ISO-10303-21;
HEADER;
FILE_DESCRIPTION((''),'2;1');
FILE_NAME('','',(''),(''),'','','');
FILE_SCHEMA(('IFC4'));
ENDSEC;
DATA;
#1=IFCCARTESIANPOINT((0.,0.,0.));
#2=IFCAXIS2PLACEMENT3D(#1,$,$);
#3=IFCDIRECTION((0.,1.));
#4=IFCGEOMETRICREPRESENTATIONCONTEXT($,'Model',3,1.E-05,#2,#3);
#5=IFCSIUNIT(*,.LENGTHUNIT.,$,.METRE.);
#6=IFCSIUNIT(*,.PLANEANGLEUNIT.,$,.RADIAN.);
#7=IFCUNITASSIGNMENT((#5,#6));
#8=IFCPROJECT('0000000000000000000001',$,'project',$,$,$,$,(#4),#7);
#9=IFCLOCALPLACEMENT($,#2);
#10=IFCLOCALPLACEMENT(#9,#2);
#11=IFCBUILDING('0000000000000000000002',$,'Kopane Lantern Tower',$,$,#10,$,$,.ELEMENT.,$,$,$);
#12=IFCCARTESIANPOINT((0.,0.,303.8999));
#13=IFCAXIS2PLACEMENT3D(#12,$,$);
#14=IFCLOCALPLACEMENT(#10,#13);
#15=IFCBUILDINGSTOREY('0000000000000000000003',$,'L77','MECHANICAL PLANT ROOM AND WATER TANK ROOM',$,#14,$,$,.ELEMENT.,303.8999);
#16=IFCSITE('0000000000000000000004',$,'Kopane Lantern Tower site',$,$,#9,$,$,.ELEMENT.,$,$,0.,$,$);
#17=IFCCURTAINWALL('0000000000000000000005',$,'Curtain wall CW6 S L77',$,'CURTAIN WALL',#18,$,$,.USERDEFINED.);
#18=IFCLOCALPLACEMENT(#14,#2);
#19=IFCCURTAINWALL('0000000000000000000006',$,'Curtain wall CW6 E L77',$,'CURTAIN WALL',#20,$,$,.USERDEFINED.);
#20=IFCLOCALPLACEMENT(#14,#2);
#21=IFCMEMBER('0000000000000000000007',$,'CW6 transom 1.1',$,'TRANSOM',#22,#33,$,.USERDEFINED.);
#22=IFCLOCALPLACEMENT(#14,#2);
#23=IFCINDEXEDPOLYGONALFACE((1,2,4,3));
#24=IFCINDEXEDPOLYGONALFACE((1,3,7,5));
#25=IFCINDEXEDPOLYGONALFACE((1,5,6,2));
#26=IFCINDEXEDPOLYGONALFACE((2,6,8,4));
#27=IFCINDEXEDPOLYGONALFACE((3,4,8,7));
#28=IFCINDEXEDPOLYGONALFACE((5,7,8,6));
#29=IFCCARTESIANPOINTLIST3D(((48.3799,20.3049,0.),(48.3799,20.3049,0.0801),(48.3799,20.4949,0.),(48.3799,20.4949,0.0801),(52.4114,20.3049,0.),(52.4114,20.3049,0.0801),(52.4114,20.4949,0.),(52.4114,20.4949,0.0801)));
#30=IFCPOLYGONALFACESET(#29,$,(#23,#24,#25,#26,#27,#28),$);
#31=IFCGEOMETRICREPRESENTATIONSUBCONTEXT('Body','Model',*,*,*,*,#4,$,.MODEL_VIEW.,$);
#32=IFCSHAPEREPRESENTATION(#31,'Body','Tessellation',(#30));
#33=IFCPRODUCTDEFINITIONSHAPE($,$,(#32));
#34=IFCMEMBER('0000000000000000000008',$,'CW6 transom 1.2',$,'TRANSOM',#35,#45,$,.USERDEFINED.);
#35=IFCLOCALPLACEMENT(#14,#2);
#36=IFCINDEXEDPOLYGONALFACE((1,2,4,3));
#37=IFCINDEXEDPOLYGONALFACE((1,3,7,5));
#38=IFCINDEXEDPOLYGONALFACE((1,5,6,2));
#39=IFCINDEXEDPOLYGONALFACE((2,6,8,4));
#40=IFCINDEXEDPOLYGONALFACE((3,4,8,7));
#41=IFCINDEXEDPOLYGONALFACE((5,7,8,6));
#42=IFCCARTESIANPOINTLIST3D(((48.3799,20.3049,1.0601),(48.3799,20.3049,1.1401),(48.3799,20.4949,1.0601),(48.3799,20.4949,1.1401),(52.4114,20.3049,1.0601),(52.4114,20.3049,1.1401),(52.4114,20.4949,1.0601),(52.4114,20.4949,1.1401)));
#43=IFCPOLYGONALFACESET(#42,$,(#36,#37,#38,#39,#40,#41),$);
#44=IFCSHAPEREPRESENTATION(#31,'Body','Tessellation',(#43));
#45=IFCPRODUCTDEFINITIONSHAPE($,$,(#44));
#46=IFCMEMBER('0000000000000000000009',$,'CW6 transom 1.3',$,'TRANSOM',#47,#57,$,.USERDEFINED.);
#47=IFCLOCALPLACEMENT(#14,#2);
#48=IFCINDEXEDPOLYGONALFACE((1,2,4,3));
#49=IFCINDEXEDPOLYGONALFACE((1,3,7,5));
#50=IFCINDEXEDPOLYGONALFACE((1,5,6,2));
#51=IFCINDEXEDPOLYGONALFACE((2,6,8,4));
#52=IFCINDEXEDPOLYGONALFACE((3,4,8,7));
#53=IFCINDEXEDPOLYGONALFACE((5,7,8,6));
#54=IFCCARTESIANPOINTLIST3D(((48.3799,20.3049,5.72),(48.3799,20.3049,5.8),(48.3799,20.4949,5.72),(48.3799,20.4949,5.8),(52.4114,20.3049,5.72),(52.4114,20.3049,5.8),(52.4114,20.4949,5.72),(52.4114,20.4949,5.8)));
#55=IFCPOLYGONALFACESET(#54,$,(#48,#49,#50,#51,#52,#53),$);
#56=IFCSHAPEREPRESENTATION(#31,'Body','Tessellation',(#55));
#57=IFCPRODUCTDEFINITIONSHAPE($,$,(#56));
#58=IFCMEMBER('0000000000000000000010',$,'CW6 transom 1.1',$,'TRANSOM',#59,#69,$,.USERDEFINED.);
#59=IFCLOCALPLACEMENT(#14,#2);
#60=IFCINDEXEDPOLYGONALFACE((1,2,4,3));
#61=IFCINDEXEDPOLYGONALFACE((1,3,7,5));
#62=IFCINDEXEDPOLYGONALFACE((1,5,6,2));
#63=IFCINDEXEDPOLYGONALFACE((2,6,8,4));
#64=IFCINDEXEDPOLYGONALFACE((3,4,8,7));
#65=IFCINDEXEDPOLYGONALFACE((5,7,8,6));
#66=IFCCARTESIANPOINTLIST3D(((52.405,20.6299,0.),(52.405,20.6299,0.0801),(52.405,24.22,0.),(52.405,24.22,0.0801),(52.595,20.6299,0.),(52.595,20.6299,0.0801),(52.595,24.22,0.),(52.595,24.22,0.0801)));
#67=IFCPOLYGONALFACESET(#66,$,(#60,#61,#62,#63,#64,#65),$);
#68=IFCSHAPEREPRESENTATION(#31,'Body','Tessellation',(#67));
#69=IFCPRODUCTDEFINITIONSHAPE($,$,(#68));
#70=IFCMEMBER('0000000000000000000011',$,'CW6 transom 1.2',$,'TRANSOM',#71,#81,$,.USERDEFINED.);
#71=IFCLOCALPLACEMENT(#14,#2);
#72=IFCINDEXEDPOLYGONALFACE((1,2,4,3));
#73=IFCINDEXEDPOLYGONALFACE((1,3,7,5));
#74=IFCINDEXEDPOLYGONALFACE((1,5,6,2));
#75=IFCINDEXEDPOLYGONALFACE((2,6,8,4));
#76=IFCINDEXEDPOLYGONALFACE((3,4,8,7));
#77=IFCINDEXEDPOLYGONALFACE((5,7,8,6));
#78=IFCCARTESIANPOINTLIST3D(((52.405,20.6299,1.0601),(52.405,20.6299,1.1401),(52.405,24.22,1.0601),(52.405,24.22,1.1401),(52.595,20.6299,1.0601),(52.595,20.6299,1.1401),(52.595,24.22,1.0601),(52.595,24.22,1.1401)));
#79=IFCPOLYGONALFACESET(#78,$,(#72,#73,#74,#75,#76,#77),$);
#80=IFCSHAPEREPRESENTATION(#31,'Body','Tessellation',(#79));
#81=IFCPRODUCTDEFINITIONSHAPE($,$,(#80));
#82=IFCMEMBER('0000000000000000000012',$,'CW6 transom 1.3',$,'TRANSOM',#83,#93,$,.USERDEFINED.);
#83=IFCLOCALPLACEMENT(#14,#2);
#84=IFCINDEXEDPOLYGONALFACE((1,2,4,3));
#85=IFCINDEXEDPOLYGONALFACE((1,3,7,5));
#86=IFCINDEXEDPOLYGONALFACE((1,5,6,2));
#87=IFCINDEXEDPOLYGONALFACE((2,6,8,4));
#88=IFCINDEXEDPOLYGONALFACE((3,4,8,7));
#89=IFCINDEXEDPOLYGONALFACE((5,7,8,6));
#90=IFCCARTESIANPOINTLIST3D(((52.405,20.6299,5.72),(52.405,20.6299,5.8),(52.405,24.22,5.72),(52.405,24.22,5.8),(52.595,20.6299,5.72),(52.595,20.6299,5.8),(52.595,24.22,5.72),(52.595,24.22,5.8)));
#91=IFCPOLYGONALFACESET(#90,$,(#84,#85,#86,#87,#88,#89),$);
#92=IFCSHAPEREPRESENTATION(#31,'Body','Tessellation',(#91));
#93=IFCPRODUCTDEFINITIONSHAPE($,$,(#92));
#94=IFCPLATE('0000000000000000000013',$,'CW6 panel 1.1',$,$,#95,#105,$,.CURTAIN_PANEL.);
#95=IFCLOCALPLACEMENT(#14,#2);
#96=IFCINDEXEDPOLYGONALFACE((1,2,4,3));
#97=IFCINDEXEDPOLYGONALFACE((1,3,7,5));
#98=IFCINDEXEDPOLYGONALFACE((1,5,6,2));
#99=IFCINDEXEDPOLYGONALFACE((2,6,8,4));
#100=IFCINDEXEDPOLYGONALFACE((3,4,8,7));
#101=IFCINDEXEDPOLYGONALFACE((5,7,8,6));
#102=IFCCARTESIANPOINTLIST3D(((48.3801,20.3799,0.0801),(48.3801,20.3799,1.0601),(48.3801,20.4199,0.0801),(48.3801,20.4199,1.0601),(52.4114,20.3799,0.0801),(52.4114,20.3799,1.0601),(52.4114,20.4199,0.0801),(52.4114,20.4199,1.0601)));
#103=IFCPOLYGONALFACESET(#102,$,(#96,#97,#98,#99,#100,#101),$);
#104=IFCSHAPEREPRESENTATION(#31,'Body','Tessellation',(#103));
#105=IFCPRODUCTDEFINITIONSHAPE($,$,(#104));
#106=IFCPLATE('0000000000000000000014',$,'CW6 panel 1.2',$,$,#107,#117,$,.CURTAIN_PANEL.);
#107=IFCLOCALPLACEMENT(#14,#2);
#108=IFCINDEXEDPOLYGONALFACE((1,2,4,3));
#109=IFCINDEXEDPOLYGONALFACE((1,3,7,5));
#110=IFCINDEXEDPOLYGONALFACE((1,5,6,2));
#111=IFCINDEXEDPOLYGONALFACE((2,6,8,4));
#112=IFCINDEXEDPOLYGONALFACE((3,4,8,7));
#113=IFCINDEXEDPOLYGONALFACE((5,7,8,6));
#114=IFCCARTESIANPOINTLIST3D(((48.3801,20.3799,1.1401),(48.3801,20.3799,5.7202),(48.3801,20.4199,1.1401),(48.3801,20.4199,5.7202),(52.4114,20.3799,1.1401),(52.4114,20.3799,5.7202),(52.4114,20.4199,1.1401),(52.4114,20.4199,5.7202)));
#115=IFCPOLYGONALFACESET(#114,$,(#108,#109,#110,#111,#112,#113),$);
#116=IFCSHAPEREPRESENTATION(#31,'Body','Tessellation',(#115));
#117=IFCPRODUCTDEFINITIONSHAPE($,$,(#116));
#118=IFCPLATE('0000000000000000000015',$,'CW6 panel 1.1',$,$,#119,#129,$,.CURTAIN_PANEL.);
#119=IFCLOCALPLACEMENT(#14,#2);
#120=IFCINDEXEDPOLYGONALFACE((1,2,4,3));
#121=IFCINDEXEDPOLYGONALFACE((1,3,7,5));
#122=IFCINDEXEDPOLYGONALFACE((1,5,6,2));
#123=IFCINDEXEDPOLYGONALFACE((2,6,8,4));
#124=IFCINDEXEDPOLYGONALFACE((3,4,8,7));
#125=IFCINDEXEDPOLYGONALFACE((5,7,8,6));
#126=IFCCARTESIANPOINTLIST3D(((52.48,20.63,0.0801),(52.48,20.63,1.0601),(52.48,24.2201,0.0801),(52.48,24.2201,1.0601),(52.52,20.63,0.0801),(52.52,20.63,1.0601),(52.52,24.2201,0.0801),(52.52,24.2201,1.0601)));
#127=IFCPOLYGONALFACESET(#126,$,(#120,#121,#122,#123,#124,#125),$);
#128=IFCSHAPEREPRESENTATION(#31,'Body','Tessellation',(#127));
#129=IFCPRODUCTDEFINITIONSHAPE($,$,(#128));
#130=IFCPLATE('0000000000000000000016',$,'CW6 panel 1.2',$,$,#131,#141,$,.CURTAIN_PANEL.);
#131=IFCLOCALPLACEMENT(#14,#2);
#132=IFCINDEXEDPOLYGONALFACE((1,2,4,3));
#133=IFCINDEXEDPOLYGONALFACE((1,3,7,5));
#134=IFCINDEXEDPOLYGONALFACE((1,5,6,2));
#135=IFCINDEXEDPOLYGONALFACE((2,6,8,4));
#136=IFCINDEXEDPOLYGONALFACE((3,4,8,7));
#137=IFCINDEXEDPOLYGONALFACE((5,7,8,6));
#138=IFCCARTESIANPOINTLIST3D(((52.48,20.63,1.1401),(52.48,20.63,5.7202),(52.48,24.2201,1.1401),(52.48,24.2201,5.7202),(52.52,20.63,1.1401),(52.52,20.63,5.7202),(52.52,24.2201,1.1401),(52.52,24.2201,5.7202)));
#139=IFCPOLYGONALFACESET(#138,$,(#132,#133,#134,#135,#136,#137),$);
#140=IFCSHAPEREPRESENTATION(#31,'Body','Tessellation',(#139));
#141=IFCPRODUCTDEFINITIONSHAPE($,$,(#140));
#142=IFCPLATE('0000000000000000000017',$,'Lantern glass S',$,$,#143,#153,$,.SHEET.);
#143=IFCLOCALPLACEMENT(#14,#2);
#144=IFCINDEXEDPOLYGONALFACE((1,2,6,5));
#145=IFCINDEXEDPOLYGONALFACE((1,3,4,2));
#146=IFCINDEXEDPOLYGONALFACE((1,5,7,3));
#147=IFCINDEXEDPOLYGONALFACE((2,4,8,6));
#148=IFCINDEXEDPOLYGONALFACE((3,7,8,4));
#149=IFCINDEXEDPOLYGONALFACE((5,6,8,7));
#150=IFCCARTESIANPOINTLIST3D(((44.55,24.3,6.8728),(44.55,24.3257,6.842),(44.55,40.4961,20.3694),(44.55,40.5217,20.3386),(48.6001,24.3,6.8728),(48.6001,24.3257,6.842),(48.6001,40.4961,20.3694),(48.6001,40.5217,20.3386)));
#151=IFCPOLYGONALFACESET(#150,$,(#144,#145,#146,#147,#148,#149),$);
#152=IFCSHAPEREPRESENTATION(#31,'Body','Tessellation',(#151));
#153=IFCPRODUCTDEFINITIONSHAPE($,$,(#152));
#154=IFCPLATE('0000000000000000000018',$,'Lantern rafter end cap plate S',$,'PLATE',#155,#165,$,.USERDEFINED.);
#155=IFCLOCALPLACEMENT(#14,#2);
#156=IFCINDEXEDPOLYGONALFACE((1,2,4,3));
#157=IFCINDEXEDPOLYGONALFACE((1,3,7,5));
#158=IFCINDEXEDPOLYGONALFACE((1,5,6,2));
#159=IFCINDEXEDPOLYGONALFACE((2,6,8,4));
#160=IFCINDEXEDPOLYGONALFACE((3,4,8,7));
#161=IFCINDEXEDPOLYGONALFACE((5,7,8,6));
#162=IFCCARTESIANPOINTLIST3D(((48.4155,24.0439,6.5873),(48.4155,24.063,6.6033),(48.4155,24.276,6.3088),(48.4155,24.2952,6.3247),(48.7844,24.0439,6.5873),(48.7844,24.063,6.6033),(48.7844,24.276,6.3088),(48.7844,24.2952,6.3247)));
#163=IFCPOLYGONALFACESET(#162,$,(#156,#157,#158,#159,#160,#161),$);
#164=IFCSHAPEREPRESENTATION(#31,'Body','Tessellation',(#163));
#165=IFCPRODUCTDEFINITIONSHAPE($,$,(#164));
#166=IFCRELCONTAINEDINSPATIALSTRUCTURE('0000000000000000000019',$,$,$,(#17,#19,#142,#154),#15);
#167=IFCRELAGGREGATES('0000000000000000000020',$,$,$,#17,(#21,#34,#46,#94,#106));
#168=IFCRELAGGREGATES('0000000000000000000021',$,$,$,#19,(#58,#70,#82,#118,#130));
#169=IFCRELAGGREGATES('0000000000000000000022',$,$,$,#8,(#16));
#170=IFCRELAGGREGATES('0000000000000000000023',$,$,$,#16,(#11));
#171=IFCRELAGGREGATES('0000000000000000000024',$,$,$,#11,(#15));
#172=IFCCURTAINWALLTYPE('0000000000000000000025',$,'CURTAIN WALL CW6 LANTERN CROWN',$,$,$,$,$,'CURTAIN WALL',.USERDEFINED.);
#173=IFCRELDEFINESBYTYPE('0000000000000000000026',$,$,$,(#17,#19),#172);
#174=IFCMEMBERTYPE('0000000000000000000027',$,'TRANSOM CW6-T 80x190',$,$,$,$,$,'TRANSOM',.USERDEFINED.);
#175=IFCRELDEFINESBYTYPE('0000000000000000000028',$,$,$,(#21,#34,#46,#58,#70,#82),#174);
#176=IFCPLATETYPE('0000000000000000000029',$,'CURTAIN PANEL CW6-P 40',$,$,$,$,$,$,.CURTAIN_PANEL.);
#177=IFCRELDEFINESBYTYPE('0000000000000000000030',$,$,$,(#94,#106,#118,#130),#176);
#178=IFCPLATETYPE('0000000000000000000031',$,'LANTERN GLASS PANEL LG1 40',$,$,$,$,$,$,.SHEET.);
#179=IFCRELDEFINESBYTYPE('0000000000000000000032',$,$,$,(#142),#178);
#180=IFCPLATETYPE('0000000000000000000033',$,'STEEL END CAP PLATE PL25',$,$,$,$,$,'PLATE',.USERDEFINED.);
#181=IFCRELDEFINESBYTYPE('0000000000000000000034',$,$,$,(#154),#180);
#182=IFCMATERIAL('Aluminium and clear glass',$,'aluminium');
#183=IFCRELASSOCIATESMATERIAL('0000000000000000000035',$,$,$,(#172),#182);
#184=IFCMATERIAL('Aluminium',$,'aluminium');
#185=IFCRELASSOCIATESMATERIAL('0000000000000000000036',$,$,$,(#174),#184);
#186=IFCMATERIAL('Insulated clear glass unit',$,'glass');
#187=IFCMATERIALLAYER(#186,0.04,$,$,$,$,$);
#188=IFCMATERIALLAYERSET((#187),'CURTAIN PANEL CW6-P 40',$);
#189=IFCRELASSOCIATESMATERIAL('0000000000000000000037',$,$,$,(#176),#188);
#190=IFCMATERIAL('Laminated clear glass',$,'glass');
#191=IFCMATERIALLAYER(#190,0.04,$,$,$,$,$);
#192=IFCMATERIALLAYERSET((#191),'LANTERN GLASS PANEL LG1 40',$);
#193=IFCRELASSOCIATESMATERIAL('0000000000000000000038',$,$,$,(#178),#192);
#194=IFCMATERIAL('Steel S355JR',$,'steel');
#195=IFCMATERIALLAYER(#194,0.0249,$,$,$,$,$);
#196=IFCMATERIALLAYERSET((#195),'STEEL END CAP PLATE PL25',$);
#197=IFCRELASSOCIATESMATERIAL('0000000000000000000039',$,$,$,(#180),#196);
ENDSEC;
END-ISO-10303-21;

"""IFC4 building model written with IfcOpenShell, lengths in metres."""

from ifc_helpers import new_model, si_unit, direction, frame, origin, origin_2d, place, context, subcontext, project, spatial, polyline, rectangle, outline, extrude, material, layer, layer_set, material_profile, profile_set, type_object, element, aggregate, save


model = new_model("IFC4")

# Units and contexts
model_context = context("Model", 3, precision=1e-05, world=origin(), true_north=direction((0.0, 1.0)))
body_context = subcontext(model_context, "Body", "Model", "MODEL_VIEW")
ifc_project = project(units=[si_unit("LENGTHUNIT", "METRE"), si_unit("PLANEANGLEUNIT", "RADIAN")], contexts=[model_context])

# Site, building, storey
site_placement = place(None, origin())
site = spatial("IfcSite", under=ifc_project, at=site_placement, Name="Kopane Lantern Tower site", CompositionType="ELEMENT", RefElevation=0.0)
building_placement = place(site_placement, origin())
building = spatial("IfcBuilding", under=site, at=building_placement, Name="Kopane Lantern Tower", CompositionType="ELEMENT")
storey_placement = place(building_placement, frame((0.0, 0.0, 303.8999)))
storey = spatial("IfcBuildingStorey", under=building, at=storey_placement, Name="L77", Description="MECHANICAL PLANT ROOM AND WATER TANK ROOM", CompositionType="ELEMENT", Elevation=303.8999)

# Curtain wall
ifc_material_1 = material(Name="Aluminium and clear glass", Category="aluminium")
curtain_wall_type = type_object("IfcCurtainWallType", Name="CURTAIN WALL CW6 LANTERN CROWN", ElementType="CURTAIN WALL", PredefinedType="USERDEFINED", material=ifc_material_1)
curtain_wall_1_placement = place(storey_placement, origin())
curtain_wall_1 = element("IfcCurtainWall", 1, at=curtain_wall_1_placement, inside=storey, type_object=curtain_wall_type, Name="Curtain wall CW6 S L77", ObjectType="CURTAIN WALL", PredefinedType="USERDEFINED")

# Curtain wall
curtain_wall_2_placement = place(storey_placement, origin())
curtain_wall_2 = element("IfcCurtainWall", 2, at=curtain_wall_2_placement, inside=storey, type_object=curtain_wall_type, Name="Curtain wall CW6 E L77", ObjectType="CURTAIN WALL", PredefinedType="USERDEFINED")

# Members
ifc_material_2 = material(Name="Aluminium", Category="aluminium")
ifc_material_profile_1 = material_profile(ifc_material_2, rectangle(XDim=0.1899, YDim=0.0801, at=origin_2d()), Name="AL 190x80")
ifc_profile_set_1 = profile_set([ifc_material_profile_1], Name="Aluminium")
member_type_1 = type_object("IfcMemberType", Name="TRANSOM CW6-T 80x190", ElementType="TRANSOM", PredefinedType="USERDEFINED", material=ifc_profile_set_1)
member_1_placement = place(storey_placement, frame((48.3799, 20.3999, 0.04), z_axis=(1.0, 0.0, 0.0), x_axis=(0.0, 1.0, 0.0)))
member_1 = element("IfcMember", 3, at=member_1_placement, type_object=member_type_1, Name="CW6 transom 1.1", ObjectType="TRANSOM", PredefinedType="USERDEFINED", context=body_context, shape_type="SweptSolid", body=[
    extrude(rectangle(XDim=0.1899, YDim=0.0801, at=origin_2d()), origin(), (0.0, 0.0, 1.0), 4.0315),
])
member_2_placement = place(storey_placement, frame((48.3799, 20.3999, 1.1001), z_axis=(1.0, 0.0, 0.0), x_axis=(0.0, 1.0, 0.0)))
member_2 = element("IfcMember", 4, at=member_2_placement, type_object=member_type_1, Name="CW6 transom 1.2", ObjectType="TRANSOM", PredefinedType="USERDEFINED", context=body_context, shape_type="SweptSolid", body=[
    extrude(rectangle(XDim=0.1899, YDim=0.0801, at=origin_2d()), origin(), (0.0, 0.0, 1.0), 4.0315),
])
member_3_placement = place(storey_placement, frame((48.3799, 20.3999, 5.76), z_axis=(1.0, 0.0, 0.0), x_axis=(0.0, 1.0, 0.0)))
member_3 = element("IfcMember", 5, at=member_3_placement, type_object=member_type_1, Name="CW6 transom 1.3", ObjectType="TRANSOM", PredefinedType="USERDEFINED", context=body_context, shape_type="SweptSolid", body=[
    extrude(rectangle(XDim=0.1899, YDim=0.0801, at=origin_2d()), origin(), (0.0, 0.0, 1.0), 4.0315),
])
member_4_placement = place(storey_placement, frame((52.5, 20.6299, 0.04), z_axis=(0.0, 1.0, 0.0), x_axis=(-1.0, 0.0, 0.0)))
member_4 = element("IfcMember", 6, at=member_4_placement, type_object=member_type_1, Name="CW6 transom 1.1", ObjectType="TRANSOM", PredefinedType="USERDEFINED", context=body_context, shape_type="SweptSolid", body=[
    extrude(rectangle(XDim=0.1899, YDim=0.0801, at=origin_2d()), origin(), (0.0, 0.0, 1.0), 3.5901),
])
member_5_placement = place(storey_placement, frame((52.5, 20.6299, 1.1001), z_axis=(0.0, 1.0, 0.0), x_axis=(-1.0, 0.0, 0.0)))
member_5 = element("IfcMember", 7, at=member_5_placement, type_object=member_type_1, Name="CW6 transom 1.2", ObjectType="TRANSOM", PredefinedType="USERDEFINED", context=body_context, shape_type="SweptSolid", body=[
    extrude(rectangle(XDim=0.1899, YDim=0.0801, at=origin_2d()), origin(), (0.0, 0.0, 1.0), 3.5901),
])
member_6_placement = place(storey_placement, frame((52.5, 20.6299, 5.76), z_axis=(0.0, 1.0, 0.0), x_axis=(-1.0, 0.0, 0.0)))
member_6 = element("IfcMember", 8, at=member_6_placement, type_object=member_type_1, Name="CW6 transom 1.3", ObjectType="TRANSOM", PredefinedType="USERDEFINED", context=body_context, shape_type="SweptSolid", body=[
    extrude(rectangle(XDim=0.1899, YDim=0.0801, at=origin_2d()), origin(), (0.0, 0.0, 1.0), 3.5901),
])

# Plates
ifc_material_3 = material(Name="Insulated clear glass unit", Category="glass")
ifc_layer_1 = layer(ifc_material_3, 0.04)
ifc_layer_set_1 = layer_set([ifc_layer_1], Name="CURTAIN PANEL CW6-P 40")
plate_type_1 = type_object("IfcPlateType", Name="CURTAIN PANEL CW6-P 40", PredefinedType="CURTAIN_PANEL", material=ifc_layer_set_1)
plate_1_placement = place(storey_placement, frame((50.3958, 20.3999, 0.0801), z_axis=(0.0, 0.0, 1.0), x_axis=(1.0, 0.0, 0.0)))
plate_1 = element("IfcPlate", 9, at=plate_1_placement, type_object=plate_type_1, Name="CW6 panel 1.1", PredefinedType="CURTAIN_PANEL", context=body_context, shape_type="SweptSolid", body=[
    extrude(rectangle(XDim=4.0312, YDim=0.04, at=origin_2d()), origin(), (0.0, 0.0, 1.0), 0.98),
])
plate_2_placement = place(storey_placement, frame((50.3958, 20.3999, 1.1401), z_axis=(0.0, 0.0, 1.0), x_axis=(1.0, 0.0, 0.0)))
plate_2 = element("IfcPlate", 10, at=plate_2_placement, type_object=plate_type_1, Name="CW6 panel 1.2", PredefinedType="CURTAIN_PANEL", context=body_context, shape_type="SweptSolid", body=[
    extrude(rectangle(XDim=4.0312, YDim=0.04, at=origin_2d()), origin(), (0.0, 0.0, 1.0), 4.5801),
])
aggregate(curtain_wall_1, [member_1, member_2, member_3, plate_1, plate_2])
plate_3_placement = place(storey_placement, frame((52.5, 22.425, 0.0801), z_axis=(0.0, 0.0, 1.0), x_axis=(0.0, 1.0, 0.0)))
plate_3 = element("IfcPlate", 11, at=plate_3_placement, type_object=plate_type_1, Name="CW6 panel 1.1", PredefinedType="CURTAIN_PANEL", context=body_context, shape_type="SweptSolid", body=[
    extrude(rectangle(XDim=3.5901, YDim=0.04, at=origin_2d()), origin(), (0.0, 0.0, 1.0), 0.98),
])
plate_4_placement = place(storey_placement, frame((52.5, 22.425, 1.1401), z_axis=(0.0, 0.0, 1.0), x_axis=(0.0, 1.0, 0.0)))
plate_4 = element("IfcPlate", 12, at=plate_4_placement, type_object=plate_type_1, Name="CW6 panel 1.2", PredefinedType="CURTAIN_PANEL", context=body_context, shape_type="SweptSolid", body=[
    extrude(rectangle(XDim=3.5901, YDim=0.04, at=origin_2d()), origin(), (0.0, 0.0, 1.0), 4.5801),
])
aggregate(curtain_wall_2, [member_4, member_5, member_6, plate_3, plate_4])

# Plates
ifc_material_4 = material(Name="Laminated clear glass", Category="glass")
ifc_layer_2 = layer(ifc_material_4, 0.04)
ifc_layer_set_2 = layer_set([ifc_layer_2], Name="LANTERN GLASS PANEL LG1 40")
plate_type_2 = type_object("IfcPlateType", Name="LANTERN GLASS PANEL LG1 40", PredefinedType="SHEET", material=ifc_layer_set_2)
plate_5_placement = place(storey_placement, frame((44.55, 24.3, 6.8728), z_axis=(0.0, -0.640181, 0.768224), x_axis=(1.0, 0.0, 0.0)))
element("IfcPlate", 13, at=plate_5_placement, inside=storey, type_object=plate_type_2, Name="Lantern glass S", PredefinedType="SHEET", context=body_context, shape_type="SweptSolid", body=[
    extrude(outline(polyline([(0.0, 0.0), (4.05, 0.0), (4.05, 21.0824), (0.0, 21.0824), (0.0, 0.0)])), origin(), (0.0, 0.0, -1.0), 0.04),
])
ifc_material_5 = material(Name="Steel S355JR", Category="steel")
ifc_layer_3 = layer(ifc_material_5, 0.0249)
ifc_layer_set_3 = layer_set([ifc_layer_3], Name="STEEL END CAP PLATE PL25")
plate_type_3 = type_object("IfcPlateType", Name="STEEL END CAP PLATE PL25", ElementType="PLATE", PredefinedType="USERDEFINED", material=ifc_layer_set_3)
plate_6_placement = place(storey_placement, frame((48.4155, 24.063, 6.6033), z_axis=(0.0, 0.768166, 0.640251), x_axis=(1.0, 0.0, 0.0)))
element("IfcPlate", 14, at=plate_6_placement, inside=storey, type_object=plate_type_3, Name="Lantern rafter end cap plate S", ObjectType="PLATE", PredefinedType="USERDEFINED", context=body_context, shape_type="SweptSolid", body=[
    extrude(outline(polyline([(0.0, 0.0), (0.3689, 0.0), (0.3689, 0.3626), (0.0, 0.3626), (0.0, 0.0)])), origin(), (0.0, 0.0, -1.0), 0.0249),
])

save(model, "model.ifc")
